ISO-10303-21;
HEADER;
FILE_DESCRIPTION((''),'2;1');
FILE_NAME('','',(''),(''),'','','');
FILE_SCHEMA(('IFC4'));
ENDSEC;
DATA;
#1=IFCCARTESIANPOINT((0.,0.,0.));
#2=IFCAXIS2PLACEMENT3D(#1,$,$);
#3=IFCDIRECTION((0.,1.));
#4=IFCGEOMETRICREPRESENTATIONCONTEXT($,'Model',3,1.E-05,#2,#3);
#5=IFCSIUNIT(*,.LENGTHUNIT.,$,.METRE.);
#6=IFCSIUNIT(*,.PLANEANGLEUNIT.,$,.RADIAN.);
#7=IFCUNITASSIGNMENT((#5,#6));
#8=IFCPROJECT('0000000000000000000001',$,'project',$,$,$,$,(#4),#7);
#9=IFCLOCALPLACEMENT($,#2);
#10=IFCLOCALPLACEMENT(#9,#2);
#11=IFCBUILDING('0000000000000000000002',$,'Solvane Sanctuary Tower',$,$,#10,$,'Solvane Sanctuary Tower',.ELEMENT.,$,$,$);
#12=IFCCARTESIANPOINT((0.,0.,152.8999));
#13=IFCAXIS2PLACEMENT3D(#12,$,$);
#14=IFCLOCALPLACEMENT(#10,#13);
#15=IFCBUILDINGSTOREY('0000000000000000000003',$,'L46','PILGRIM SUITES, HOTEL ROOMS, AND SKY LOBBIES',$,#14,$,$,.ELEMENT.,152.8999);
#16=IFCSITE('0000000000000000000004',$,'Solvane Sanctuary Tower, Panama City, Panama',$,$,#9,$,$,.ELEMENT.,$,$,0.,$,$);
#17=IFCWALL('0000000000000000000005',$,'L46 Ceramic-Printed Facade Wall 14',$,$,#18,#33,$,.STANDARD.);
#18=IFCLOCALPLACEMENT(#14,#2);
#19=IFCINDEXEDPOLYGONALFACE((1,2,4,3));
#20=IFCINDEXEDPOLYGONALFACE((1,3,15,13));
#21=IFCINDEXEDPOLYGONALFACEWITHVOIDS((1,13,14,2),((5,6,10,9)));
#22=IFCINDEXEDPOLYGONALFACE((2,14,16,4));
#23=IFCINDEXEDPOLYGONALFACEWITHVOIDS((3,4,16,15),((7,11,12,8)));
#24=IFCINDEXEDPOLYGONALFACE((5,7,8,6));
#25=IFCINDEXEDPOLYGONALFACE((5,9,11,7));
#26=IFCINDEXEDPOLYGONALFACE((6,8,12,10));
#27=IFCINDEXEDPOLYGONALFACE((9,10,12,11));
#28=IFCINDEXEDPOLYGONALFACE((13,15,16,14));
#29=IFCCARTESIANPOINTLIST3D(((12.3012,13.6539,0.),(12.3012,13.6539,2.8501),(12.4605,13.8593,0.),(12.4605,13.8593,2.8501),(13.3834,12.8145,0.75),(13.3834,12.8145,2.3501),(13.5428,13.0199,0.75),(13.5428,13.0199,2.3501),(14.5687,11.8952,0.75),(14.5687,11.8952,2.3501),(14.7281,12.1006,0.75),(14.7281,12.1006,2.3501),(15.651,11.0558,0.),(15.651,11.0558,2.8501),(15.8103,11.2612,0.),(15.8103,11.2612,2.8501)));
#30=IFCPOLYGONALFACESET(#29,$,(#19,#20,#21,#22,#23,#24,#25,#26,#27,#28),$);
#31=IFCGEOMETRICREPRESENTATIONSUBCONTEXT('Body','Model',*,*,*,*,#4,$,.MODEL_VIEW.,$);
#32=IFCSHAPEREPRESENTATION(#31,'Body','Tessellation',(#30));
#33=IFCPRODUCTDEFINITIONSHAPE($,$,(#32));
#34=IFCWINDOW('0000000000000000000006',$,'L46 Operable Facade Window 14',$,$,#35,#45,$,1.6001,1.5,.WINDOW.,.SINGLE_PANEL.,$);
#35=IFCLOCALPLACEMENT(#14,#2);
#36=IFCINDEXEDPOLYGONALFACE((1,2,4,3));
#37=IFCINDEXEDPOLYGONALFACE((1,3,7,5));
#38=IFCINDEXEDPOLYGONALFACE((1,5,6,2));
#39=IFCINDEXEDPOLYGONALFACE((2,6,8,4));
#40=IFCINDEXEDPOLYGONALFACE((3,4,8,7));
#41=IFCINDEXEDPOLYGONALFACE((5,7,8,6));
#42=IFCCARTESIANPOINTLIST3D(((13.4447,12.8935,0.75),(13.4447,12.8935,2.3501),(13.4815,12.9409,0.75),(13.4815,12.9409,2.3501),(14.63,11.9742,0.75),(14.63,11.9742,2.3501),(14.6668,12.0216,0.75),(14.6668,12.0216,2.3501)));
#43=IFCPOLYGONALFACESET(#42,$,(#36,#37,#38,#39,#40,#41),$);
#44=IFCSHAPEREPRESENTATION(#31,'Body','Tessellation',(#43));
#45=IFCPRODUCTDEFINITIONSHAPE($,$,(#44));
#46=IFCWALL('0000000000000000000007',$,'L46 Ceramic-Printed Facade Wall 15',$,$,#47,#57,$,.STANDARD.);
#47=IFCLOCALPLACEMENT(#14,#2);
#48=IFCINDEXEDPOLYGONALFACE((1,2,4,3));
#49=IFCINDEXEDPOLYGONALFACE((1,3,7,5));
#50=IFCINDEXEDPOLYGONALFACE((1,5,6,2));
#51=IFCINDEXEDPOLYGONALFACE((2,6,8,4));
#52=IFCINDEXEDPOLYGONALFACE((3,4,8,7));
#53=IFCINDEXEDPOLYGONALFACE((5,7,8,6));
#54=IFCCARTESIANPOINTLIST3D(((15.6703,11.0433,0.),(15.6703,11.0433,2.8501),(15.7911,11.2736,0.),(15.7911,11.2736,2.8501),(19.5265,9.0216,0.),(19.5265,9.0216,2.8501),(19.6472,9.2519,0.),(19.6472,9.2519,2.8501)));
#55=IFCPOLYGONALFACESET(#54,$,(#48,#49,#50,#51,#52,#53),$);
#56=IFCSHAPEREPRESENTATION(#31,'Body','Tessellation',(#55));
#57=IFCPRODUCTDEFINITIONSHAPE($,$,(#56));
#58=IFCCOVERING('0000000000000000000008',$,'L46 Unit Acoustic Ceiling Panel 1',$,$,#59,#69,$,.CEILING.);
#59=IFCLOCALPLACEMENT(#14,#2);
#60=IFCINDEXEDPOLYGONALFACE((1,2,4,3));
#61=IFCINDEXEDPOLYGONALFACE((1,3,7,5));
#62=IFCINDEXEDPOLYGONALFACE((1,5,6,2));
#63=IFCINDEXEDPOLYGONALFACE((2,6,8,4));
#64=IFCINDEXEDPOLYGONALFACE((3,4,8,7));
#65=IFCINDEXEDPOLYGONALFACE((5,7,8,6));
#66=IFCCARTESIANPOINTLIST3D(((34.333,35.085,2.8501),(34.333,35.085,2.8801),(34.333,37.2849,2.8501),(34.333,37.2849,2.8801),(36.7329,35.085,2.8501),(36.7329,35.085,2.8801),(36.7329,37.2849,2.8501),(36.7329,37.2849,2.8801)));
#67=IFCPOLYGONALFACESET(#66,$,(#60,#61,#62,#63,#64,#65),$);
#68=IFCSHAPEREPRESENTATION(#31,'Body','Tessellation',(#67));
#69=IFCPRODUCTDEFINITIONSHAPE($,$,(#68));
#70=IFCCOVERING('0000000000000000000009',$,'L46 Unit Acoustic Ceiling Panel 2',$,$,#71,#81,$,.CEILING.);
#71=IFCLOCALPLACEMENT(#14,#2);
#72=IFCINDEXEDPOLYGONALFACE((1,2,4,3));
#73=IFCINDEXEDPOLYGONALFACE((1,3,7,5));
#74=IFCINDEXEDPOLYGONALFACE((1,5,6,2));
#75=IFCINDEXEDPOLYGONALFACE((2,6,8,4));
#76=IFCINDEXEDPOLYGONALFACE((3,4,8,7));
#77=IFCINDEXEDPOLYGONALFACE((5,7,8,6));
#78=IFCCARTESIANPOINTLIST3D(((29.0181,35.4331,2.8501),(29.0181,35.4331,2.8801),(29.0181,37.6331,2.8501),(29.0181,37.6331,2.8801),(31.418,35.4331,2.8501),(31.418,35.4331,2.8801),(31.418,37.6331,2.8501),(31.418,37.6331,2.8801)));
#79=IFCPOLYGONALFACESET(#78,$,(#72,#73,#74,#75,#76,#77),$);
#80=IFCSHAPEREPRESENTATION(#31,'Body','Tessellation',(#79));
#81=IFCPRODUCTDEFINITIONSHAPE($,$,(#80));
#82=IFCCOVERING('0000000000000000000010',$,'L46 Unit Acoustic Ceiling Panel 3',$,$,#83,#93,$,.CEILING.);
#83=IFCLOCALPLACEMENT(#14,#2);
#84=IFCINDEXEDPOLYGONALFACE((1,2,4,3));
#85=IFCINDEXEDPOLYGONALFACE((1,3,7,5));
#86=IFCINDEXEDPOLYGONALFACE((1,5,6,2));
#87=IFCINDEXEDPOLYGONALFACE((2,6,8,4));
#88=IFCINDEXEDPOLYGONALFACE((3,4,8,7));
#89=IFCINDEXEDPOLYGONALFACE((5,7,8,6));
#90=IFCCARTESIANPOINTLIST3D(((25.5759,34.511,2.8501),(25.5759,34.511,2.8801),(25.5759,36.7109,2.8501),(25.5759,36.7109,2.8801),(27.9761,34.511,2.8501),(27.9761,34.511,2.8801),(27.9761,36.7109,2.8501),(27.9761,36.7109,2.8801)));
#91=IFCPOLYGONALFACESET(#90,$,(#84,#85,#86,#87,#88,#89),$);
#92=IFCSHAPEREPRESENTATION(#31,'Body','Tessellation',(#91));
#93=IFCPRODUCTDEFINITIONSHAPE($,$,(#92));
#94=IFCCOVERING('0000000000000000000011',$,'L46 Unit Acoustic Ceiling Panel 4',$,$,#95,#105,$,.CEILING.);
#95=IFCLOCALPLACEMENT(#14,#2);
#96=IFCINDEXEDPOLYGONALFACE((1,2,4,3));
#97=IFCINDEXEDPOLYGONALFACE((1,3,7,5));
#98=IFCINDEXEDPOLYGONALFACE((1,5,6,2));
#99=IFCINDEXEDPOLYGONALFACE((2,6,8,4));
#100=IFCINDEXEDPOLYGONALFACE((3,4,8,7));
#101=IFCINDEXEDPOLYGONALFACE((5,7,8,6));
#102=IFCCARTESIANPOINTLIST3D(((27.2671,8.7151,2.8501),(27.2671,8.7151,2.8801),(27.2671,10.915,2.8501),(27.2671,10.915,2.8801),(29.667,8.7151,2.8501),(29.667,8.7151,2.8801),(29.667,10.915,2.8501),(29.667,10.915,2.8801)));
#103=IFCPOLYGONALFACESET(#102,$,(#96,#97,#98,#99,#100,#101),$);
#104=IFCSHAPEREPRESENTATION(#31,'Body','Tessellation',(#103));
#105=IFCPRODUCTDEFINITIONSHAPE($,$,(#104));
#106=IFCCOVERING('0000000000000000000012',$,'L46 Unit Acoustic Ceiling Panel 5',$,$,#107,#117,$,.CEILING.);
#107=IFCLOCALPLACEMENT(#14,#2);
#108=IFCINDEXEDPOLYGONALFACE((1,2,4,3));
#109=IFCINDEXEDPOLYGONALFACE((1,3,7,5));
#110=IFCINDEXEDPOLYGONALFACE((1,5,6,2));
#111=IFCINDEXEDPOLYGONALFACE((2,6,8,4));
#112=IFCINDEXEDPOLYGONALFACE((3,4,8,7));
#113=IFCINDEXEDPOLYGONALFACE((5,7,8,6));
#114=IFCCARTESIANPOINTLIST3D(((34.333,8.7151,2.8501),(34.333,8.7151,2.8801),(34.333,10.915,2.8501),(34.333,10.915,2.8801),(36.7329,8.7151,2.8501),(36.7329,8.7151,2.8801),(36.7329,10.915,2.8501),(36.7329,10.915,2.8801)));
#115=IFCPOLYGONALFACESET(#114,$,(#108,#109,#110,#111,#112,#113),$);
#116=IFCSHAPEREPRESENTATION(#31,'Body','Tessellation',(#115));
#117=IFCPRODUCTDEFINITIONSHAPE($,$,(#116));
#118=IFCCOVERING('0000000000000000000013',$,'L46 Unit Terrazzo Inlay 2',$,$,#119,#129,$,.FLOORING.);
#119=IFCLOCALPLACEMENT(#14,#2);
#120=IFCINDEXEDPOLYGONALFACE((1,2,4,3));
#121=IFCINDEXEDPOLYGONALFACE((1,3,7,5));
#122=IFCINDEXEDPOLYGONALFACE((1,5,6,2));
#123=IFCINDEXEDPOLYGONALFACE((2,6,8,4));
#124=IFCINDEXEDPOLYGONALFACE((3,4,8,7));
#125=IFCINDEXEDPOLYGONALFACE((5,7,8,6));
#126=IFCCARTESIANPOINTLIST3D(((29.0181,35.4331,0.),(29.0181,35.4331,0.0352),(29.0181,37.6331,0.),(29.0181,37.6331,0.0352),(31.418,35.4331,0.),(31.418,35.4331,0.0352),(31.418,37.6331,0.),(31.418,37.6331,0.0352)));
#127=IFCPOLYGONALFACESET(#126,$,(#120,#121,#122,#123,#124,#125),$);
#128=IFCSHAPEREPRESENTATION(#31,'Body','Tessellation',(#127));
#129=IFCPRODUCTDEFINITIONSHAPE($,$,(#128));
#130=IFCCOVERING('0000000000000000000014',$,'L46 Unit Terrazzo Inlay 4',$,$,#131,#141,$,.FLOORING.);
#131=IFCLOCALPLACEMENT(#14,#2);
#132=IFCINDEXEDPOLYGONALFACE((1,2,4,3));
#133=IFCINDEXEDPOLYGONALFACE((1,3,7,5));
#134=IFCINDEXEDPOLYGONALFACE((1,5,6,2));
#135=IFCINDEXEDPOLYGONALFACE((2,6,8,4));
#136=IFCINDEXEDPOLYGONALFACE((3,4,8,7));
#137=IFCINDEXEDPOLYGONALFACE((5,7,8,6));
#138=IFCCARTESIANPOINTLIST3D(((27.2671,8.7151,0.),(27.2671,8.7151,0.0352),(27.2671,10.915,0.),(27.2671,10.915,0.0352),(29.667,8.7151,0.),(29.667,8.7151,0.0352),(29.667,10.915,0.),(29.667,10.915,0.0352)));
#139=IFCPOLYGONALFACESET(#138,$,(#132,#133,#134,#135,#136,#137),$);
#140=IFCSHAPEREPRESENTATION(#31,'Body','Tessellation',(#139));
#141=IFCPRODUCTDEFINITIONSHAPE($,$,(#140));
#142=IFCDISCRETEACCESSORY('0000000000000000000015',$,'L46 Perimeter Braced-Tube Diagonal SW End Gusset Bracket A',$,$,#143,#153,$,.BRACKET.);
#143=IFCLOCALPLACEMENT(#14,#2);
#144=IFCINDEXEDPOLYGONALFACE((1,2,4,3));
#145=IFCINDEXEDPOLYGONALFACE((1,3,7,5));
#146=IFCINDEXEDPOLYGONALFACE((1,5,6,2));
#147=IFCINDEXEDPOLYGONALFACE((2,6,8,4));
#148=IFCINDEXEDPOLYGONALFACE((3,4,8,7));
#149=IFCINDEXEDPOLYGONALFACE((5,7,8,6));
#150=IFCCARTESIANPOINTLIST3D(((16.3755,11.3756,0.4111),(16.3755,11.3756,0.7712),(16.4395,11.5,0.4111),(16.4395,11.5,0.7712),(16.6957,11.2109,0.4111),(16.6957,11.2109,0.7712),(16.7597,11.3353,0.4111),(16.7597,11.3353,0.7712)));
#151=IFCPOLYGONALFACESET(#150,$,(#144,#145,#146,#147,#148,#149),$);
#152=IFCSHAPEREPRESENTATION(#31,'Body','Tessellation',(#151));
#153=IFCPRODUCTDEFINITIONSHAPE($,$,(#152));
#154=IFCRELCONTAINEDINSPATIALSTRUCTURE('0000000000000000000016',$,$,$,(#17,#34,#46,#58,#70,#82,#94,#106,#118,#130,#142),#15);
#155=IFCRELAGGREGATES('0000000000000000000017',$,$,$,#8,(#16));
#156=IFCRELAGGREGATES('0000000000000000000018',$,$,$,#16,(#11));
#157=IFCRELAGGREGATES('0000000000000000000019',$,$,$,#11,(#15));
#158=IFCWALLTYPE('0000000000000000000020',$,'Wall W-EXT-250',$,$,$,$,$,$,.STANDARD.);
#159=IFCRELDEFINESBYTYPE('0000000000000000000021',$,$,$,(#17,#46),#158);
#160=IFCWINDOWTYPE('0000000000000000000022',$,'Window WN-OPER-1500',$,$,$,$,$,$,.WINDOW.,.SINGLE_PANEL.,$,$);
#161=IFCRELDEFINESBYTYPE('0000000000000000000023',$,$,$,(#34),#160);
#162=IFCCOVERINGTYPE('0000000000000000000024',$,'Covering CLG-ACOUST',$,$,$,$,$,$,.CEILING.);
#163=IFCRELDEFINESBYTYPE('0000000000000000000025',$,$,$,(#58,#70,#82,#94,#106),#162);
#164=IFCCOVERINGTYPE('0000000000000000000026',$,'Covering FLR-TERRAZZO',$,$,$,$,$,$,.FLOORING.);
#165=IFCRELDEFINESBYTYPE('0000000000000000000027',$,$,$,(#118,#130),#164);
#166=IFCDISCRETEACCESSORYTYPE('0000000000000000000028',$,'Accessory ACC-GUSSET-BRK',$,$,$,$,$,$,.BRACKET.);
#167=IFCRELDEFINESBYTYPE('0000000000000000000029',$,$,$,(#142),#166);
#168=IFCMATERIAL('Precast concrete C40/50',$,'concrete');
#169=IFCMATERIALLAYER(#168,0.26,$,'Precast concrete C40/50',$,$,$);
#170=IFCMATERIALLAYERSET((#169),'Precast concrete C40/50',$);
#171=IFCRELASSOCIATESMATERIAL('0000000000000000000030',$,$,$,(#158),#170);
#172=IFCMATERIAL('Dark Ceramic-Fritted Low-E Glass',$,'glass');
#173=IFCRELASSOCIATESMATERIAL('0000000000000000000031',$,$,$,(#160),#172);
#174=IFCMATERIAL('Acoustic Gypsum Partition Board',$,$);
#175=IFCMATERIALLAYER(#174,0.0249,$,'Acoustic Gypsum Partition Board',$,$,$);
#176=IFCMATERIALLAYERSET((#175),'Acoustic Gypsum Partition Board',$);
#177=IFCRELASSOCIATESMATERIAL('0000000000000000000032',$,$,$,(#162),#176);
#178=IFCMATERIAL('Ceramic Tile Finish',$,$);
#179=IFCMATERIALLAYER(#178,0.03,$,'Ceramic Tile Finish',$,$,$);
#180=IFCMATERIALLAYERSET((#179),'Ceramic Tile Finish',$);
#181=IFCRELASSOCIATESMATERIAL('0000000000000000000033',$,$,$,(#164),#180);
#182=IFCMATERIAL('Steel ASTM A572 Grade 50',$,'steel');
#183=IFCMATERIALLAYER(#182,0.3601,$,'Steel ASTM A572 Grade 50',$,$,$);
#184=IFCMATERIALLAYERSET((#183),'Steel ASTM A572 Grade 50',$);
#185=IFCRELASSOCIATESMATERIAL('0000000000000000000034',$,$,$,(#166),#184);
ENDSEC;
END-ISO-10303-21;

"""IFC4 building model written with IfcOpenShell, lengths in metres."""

from ifc_helpers import new_model, si_unit, direction, frame, frame_2d, origin, origin_2d, place, context, subcontext, project, spatial, polyline, rectangle, outline, extrude, material, layer, layer_set, type_object, element, fill, save


model = new_model("IFC4")

# Units and contexts
model_context = context("Model", 3, precision=1e-05, world=origin(), true_north=direction((0.0, 1.0)))
body_context = subcontext(model_context, "Body", "Model", "MODEL_VIEW")
ifc_project = project(units=[si_unit("LENGTHUNIT", "METRE"), si_unit("PLANEANGLEUNIT", "RADIAN")], contexts=[model_context])

# Site, building, storey
site_placement = place(None, origin())
site = spatial("IfcSite", under=ifc_project, at=site_placement, Name="Solvane Sanctuary Tower, Panama City, Panama", CompositionType="ELEMENT", RefElevation=0.0)
building_placement = place(site_placement, origin())
building = spatial("IfcBuilding", under=site, at=building_placement, Name="Solvane Sanctuary Tower", LongName="Solvane Sanctuary Tower", CompositionType="ELEMENT")
storey_placement = place(building_placement, frame((0.0, 0.0, 152.8999)))
storey = spatial("IfcBuildingStorey", under=building, at=storey_placement, Name="L46", Description="PILGRIM SUITES, HOTEL ROOMS, AND SKY LOBBIES", CompositionType="ELEMENT", Elevation=152.8999)

# Shared definitions
ifc_material_1 = material(Name="Acoustic Gypsum Partition Board")

# Wall, opening, window
ifc_material_2 = material(Name="Precast concrete C40/50", Category="concrete")
ifc_layer_1 = layer(ifc_material_2, 0.26, Name="Precast concrete C40/50")
ifc_layer_set_1 = layer_set([ifc_layer_1], Name="Precast concrete C40/50")
wall_type_1 = type_object("IfcWallType", Name="Wall W-EXT-250", PredefinedType="STANDARD", material=ifc_layer_set_1)
wall_1_placement = place(storey_placement, frame((12.3809, 13.7566, 0.0), z_axis=(0.0, 0.0, 1.0), x_axis=(0.790186, -0.612868, 0.0)))
wall_1 = element("IfcWall", 1, at=wall_1_placement, inside=storey, type_object=wall_type_1, Name="L46 Ceramic-Printed Facade Wall 14", PredefinedType="STANDARD", context=body_context, shape_type="SweptSolid", body=[
    extrude(rectangle(XDim=4.2393, YDim=0.26, at=frame_2d((2.1196, 0.0))), origin(), (0.0, 0.0, 1.0), 2.8501),
])
opening_1_placement = place(wall_1_placement, frame((1.3696, 0.0, 0.75)))
opening_1 = element("IfcOpeningElement", 2, at=opening_1_placement, cuts=wall_1, PredefinedType="OPENING", context=body_context, shape_type="SweptSolid", body=[
    extrude(rectangle(XDim=1.5, YDim=1.6001, at=frame_2d((0.75, 0.8))), frame((0.0, 0.1399, 0.0), z_axis=(0.0, -1.0, 0.0), x_axis=(1.0, 0.0, 0.0)), (0.0, 0.0, 1.0), 0.28),
])
ifc_material_3 = material(Name="Dark Ceramic-Fritted Low-E Glass", Category="glass")
window_type = type_object("IfcWindowType", Name="Window WN-OPER-1500", PartitioningType="SINGLE_PANEL", PredefinedType="WINDOW", material=ifc_material_3)
window_placement = place(opening_1_placement, origin())
window = element("IfcWindow", 3, at=window_placement, inside=storey, type_object=window_type, Name="L46 Operable Facade Window 14", OverallHeight=1.6001, OverallWidth=1.5, PartitioningType="SINGLE_PANEL", PredefinedType="WINDOW", context=body_context, shape_type="SweptSolid", body=[
    extrude(rectangle(XDim=1.5, YDim=1.6001, at=frame_2d((0.75, 0.8))), frame((0.0, 0.03, 0.0), z_axis=(0.0, -1.0, 0.0), x_axis=(1.0, 0.0, 0.0)), (0.0, 0.0, 1.0), 0.0601),
])
fill(opening_1, window)

# Wall
wall_2_placement = place(storey_placement, frame((15.7307, 11.1584, 0.0), z_axis=(0.0, 0.0, 1.0), x_axis=(0.88566, -0.464334, 0.0)))
element("IfcWall", 4, at=wall_2_placement, inside=storey, type_object=wall_type_1, Name="L46 Ceramic-Printed Facade Wall 15", PredefinedType="STANDARD", context=body_context, shape_type="SweptSolid", body=[
    extrude(rectangle(XDim=4.354, YDim=0.26, at=frame_2d((2.177, 0.0))), origin(), (0.0, 0.0, 1.0), 2.8501),
])

# Coverings
ifc_layer_2 = layer(ifc_material_1, 0.0249, Name="Acoustic Gypsum Partition Board")
ifc_layer_set_2 = layer_set([ifc_layer_2], Name="Acoustic Gypsum Partition Board")
covering_type_1 = type_object("IfcCoveringType", Name="Covering CLG-ACOUST", PredefinedType="CEILING", material=ifc_layer_set_2)
covering_1_placement = place(storey_placement, frame((0.0, 0.0, 2.8501)))
element("IfcCovering", 5, at=covering_1_placement, inside=storey, type_object=covering_type_1, Name="L46 Unit Acoustic Ceiling Panel 1", PredefinedType="CEILING", context=body_context, shape_type="SweptSolid", body=[
    extrude(outline(polyline([(34.333, 35.085), (36.7329, 35.085), (36.7329, 37.2849), (34.333, 37.2849), (34.333, 35.085)])), origin(), (0.0, 0.0, 1.0), 0.03),
])
covering_2_placement = place(storey_placement, frame((0.0, 0.0, 2.8501)))
element("IfcCovering", 6, at=covering_2_placement, inside=storey, type_object=covering_type_1, Name="L46 Unit Acoustic Ceiling Panel 2", PredefinedType="CEILING", context=body_context, shape_type="SweptSolid", body=[
    extrude(outline(polyline([(29.0181, 35.4331), (31.418, 35.4331), (31.418, 37.6331), (29.0181, 37.6331), (29.0181, 35.4331)])), origin(), (0.0, 0.0, 1.0), 0.03),
])
covering_3_placement = place(storey_placement, frame((0.0, 0.0, 2.8501)))
element("IfcCovering", 7, at=covering_3_placement, inside=storey, type_object=covering_type_1, Name="L46 Unit Acoustic Ceiling Panel 3", PredefinedType="CEILING", context=body_context, shape_type="SweptSolid", body=[
    extrude(outline(polyline([(25.5759, 34.511), (27.9761, 34.511), (27.9761, 36.7109), (25.5759, 36.7109), (25.5759, 34.511)])), origin(), (0.0, 0.0, 1.0), 0.03),
])
covering_4_placement = place(storey_placement, frame((0.0, 0.0, 2.8501)))
element("IfcCovering", 8, at=covering_4_placement, inside=storey, type_object=covering_type_1, Name="L46 Unit Acoustic Ceiling Panel 4", PredefinedType="CEILING", context=body_context, shape_type="SweptSolid", body=[
    extrude(outline(polyline([(27.2671, 8.7151), (29.667, 8.7151), (29.667, 10.915), (27.2671, 10.915), (27.2671, 8.7151)])), origin(), (0.0, 0.0, 1.0), 0.03),
])
covering_5_placement = place(storey_placement, frame((0.0, 0.0, 2.8501)))
element("IfcCovering", 9, at=covering_5_placement, inside=storey, type_object=covering_type_1, Name="L46 Unit Acoustic Ceiling Panel 5", PredefinedType="CEILING", context=body_context, shape_type="SweptSolid", body=[
    extrude(outline(polyline([(34.333, 8.7151), (36.7329, 8.7151), (36.7329, 10.915), (34.333, 10.915), (34.333, 8.7151)])), origin(), (0.0, 0.0, 1.0), 0.03),
])
ifc_material_4 = material(Name="Ceramic Tile Finish")
ifc_layer_3 = layer(ifc_material_4, 0.03, Name="Ceramic Tile Finish")
ifc_layer_set_3 = layer_set([ifc_layer_3], Name="Ceramic Tile Finish")
covering_type_2 = type_object("IfcCoveringType", Name="Covering FLR-TERRAZZO", PredefinedType="FLOORING", material=ifc_layer_set_3)
covering_6_placement = place(storey_placement, origin())
element("IfcCovering", 10, at=covering_6_placement, inside=storey, type_object=covering_type_2, Name="L46 Unit Terrazzo Inlay 2", PredefinedType="FLOORING", context=body_context, shape_type="SweptSolid", body=[
    extrude(outline(polyline([(29.0181, 35.4331), (31.418, 35.4331), (31.418, 37.6331), (29.0181, 37.6331), (29.0181, 35.4331)])), origin(), (0.0, 0.0, 1.0), 0.0352),
])
covering_7_placement = place(storey_placement, origin())
element("IfcCovering", 11, at=covering_7_placement, inside=storey, type_object=covering_type_2, Name="L46 Unit Terrazzo Inlay 4", PredefinedType="FLOORING", context=body_context, shape_type="SweptSolid", body=[
    extrude(outline(polyline([(27.2671, 8.7151), (29.667, 8.7151), (29.667, 10.915), (27.2671, 10.915), (27.2671, 8.7151)])), origin(), (0.0, 0.0, 1.0), 0.0352),
])

# Discrete accessory
ifc_material_5 = material(Name="Steel ASTM A572 Grade 50", Category="steel")
ifc_layer_4 = layer(ifc_material_5, 0.3601, Name="Steel ASTM A572 Grade 50")
ifc_layer_set_4 = layer_set([ifc_layer_4], Name="Steel ASTM A572 Grade 50")
discrete_accessory_type = type_object("IfcDiscreteAccessoryType", Name="Accessory ACC-GUSSET-BRK", PredefinedType="BRACKET", material=ifc_layer_set_4)
discrete_accessory_placement = place(storey_placement, frame((16.5676, 11.3555, 0.4111), z_axis=(0.0, 0.0, 1.0), x_axis=(0.889257, -0.457408, 0.0)))
element("IfcDiscreteAccessory", 12, at=discrete_accessory_placement, inside=storey, type_object=discrete_accessory_type, Name="L46 Perimeter Braced-Tube Diagonal SW End Gusset Bracket A", PredefinedType="BRACKET", context=body_context, shape_type="SweptSolid", body=[
    extrude(rectangle(XDim=0.3601, YDim=0.1399, at=origin_2d()), origin(), (0.0, 0.0, 1.0), 0.3601),
])

save(model, "model.ifc")
